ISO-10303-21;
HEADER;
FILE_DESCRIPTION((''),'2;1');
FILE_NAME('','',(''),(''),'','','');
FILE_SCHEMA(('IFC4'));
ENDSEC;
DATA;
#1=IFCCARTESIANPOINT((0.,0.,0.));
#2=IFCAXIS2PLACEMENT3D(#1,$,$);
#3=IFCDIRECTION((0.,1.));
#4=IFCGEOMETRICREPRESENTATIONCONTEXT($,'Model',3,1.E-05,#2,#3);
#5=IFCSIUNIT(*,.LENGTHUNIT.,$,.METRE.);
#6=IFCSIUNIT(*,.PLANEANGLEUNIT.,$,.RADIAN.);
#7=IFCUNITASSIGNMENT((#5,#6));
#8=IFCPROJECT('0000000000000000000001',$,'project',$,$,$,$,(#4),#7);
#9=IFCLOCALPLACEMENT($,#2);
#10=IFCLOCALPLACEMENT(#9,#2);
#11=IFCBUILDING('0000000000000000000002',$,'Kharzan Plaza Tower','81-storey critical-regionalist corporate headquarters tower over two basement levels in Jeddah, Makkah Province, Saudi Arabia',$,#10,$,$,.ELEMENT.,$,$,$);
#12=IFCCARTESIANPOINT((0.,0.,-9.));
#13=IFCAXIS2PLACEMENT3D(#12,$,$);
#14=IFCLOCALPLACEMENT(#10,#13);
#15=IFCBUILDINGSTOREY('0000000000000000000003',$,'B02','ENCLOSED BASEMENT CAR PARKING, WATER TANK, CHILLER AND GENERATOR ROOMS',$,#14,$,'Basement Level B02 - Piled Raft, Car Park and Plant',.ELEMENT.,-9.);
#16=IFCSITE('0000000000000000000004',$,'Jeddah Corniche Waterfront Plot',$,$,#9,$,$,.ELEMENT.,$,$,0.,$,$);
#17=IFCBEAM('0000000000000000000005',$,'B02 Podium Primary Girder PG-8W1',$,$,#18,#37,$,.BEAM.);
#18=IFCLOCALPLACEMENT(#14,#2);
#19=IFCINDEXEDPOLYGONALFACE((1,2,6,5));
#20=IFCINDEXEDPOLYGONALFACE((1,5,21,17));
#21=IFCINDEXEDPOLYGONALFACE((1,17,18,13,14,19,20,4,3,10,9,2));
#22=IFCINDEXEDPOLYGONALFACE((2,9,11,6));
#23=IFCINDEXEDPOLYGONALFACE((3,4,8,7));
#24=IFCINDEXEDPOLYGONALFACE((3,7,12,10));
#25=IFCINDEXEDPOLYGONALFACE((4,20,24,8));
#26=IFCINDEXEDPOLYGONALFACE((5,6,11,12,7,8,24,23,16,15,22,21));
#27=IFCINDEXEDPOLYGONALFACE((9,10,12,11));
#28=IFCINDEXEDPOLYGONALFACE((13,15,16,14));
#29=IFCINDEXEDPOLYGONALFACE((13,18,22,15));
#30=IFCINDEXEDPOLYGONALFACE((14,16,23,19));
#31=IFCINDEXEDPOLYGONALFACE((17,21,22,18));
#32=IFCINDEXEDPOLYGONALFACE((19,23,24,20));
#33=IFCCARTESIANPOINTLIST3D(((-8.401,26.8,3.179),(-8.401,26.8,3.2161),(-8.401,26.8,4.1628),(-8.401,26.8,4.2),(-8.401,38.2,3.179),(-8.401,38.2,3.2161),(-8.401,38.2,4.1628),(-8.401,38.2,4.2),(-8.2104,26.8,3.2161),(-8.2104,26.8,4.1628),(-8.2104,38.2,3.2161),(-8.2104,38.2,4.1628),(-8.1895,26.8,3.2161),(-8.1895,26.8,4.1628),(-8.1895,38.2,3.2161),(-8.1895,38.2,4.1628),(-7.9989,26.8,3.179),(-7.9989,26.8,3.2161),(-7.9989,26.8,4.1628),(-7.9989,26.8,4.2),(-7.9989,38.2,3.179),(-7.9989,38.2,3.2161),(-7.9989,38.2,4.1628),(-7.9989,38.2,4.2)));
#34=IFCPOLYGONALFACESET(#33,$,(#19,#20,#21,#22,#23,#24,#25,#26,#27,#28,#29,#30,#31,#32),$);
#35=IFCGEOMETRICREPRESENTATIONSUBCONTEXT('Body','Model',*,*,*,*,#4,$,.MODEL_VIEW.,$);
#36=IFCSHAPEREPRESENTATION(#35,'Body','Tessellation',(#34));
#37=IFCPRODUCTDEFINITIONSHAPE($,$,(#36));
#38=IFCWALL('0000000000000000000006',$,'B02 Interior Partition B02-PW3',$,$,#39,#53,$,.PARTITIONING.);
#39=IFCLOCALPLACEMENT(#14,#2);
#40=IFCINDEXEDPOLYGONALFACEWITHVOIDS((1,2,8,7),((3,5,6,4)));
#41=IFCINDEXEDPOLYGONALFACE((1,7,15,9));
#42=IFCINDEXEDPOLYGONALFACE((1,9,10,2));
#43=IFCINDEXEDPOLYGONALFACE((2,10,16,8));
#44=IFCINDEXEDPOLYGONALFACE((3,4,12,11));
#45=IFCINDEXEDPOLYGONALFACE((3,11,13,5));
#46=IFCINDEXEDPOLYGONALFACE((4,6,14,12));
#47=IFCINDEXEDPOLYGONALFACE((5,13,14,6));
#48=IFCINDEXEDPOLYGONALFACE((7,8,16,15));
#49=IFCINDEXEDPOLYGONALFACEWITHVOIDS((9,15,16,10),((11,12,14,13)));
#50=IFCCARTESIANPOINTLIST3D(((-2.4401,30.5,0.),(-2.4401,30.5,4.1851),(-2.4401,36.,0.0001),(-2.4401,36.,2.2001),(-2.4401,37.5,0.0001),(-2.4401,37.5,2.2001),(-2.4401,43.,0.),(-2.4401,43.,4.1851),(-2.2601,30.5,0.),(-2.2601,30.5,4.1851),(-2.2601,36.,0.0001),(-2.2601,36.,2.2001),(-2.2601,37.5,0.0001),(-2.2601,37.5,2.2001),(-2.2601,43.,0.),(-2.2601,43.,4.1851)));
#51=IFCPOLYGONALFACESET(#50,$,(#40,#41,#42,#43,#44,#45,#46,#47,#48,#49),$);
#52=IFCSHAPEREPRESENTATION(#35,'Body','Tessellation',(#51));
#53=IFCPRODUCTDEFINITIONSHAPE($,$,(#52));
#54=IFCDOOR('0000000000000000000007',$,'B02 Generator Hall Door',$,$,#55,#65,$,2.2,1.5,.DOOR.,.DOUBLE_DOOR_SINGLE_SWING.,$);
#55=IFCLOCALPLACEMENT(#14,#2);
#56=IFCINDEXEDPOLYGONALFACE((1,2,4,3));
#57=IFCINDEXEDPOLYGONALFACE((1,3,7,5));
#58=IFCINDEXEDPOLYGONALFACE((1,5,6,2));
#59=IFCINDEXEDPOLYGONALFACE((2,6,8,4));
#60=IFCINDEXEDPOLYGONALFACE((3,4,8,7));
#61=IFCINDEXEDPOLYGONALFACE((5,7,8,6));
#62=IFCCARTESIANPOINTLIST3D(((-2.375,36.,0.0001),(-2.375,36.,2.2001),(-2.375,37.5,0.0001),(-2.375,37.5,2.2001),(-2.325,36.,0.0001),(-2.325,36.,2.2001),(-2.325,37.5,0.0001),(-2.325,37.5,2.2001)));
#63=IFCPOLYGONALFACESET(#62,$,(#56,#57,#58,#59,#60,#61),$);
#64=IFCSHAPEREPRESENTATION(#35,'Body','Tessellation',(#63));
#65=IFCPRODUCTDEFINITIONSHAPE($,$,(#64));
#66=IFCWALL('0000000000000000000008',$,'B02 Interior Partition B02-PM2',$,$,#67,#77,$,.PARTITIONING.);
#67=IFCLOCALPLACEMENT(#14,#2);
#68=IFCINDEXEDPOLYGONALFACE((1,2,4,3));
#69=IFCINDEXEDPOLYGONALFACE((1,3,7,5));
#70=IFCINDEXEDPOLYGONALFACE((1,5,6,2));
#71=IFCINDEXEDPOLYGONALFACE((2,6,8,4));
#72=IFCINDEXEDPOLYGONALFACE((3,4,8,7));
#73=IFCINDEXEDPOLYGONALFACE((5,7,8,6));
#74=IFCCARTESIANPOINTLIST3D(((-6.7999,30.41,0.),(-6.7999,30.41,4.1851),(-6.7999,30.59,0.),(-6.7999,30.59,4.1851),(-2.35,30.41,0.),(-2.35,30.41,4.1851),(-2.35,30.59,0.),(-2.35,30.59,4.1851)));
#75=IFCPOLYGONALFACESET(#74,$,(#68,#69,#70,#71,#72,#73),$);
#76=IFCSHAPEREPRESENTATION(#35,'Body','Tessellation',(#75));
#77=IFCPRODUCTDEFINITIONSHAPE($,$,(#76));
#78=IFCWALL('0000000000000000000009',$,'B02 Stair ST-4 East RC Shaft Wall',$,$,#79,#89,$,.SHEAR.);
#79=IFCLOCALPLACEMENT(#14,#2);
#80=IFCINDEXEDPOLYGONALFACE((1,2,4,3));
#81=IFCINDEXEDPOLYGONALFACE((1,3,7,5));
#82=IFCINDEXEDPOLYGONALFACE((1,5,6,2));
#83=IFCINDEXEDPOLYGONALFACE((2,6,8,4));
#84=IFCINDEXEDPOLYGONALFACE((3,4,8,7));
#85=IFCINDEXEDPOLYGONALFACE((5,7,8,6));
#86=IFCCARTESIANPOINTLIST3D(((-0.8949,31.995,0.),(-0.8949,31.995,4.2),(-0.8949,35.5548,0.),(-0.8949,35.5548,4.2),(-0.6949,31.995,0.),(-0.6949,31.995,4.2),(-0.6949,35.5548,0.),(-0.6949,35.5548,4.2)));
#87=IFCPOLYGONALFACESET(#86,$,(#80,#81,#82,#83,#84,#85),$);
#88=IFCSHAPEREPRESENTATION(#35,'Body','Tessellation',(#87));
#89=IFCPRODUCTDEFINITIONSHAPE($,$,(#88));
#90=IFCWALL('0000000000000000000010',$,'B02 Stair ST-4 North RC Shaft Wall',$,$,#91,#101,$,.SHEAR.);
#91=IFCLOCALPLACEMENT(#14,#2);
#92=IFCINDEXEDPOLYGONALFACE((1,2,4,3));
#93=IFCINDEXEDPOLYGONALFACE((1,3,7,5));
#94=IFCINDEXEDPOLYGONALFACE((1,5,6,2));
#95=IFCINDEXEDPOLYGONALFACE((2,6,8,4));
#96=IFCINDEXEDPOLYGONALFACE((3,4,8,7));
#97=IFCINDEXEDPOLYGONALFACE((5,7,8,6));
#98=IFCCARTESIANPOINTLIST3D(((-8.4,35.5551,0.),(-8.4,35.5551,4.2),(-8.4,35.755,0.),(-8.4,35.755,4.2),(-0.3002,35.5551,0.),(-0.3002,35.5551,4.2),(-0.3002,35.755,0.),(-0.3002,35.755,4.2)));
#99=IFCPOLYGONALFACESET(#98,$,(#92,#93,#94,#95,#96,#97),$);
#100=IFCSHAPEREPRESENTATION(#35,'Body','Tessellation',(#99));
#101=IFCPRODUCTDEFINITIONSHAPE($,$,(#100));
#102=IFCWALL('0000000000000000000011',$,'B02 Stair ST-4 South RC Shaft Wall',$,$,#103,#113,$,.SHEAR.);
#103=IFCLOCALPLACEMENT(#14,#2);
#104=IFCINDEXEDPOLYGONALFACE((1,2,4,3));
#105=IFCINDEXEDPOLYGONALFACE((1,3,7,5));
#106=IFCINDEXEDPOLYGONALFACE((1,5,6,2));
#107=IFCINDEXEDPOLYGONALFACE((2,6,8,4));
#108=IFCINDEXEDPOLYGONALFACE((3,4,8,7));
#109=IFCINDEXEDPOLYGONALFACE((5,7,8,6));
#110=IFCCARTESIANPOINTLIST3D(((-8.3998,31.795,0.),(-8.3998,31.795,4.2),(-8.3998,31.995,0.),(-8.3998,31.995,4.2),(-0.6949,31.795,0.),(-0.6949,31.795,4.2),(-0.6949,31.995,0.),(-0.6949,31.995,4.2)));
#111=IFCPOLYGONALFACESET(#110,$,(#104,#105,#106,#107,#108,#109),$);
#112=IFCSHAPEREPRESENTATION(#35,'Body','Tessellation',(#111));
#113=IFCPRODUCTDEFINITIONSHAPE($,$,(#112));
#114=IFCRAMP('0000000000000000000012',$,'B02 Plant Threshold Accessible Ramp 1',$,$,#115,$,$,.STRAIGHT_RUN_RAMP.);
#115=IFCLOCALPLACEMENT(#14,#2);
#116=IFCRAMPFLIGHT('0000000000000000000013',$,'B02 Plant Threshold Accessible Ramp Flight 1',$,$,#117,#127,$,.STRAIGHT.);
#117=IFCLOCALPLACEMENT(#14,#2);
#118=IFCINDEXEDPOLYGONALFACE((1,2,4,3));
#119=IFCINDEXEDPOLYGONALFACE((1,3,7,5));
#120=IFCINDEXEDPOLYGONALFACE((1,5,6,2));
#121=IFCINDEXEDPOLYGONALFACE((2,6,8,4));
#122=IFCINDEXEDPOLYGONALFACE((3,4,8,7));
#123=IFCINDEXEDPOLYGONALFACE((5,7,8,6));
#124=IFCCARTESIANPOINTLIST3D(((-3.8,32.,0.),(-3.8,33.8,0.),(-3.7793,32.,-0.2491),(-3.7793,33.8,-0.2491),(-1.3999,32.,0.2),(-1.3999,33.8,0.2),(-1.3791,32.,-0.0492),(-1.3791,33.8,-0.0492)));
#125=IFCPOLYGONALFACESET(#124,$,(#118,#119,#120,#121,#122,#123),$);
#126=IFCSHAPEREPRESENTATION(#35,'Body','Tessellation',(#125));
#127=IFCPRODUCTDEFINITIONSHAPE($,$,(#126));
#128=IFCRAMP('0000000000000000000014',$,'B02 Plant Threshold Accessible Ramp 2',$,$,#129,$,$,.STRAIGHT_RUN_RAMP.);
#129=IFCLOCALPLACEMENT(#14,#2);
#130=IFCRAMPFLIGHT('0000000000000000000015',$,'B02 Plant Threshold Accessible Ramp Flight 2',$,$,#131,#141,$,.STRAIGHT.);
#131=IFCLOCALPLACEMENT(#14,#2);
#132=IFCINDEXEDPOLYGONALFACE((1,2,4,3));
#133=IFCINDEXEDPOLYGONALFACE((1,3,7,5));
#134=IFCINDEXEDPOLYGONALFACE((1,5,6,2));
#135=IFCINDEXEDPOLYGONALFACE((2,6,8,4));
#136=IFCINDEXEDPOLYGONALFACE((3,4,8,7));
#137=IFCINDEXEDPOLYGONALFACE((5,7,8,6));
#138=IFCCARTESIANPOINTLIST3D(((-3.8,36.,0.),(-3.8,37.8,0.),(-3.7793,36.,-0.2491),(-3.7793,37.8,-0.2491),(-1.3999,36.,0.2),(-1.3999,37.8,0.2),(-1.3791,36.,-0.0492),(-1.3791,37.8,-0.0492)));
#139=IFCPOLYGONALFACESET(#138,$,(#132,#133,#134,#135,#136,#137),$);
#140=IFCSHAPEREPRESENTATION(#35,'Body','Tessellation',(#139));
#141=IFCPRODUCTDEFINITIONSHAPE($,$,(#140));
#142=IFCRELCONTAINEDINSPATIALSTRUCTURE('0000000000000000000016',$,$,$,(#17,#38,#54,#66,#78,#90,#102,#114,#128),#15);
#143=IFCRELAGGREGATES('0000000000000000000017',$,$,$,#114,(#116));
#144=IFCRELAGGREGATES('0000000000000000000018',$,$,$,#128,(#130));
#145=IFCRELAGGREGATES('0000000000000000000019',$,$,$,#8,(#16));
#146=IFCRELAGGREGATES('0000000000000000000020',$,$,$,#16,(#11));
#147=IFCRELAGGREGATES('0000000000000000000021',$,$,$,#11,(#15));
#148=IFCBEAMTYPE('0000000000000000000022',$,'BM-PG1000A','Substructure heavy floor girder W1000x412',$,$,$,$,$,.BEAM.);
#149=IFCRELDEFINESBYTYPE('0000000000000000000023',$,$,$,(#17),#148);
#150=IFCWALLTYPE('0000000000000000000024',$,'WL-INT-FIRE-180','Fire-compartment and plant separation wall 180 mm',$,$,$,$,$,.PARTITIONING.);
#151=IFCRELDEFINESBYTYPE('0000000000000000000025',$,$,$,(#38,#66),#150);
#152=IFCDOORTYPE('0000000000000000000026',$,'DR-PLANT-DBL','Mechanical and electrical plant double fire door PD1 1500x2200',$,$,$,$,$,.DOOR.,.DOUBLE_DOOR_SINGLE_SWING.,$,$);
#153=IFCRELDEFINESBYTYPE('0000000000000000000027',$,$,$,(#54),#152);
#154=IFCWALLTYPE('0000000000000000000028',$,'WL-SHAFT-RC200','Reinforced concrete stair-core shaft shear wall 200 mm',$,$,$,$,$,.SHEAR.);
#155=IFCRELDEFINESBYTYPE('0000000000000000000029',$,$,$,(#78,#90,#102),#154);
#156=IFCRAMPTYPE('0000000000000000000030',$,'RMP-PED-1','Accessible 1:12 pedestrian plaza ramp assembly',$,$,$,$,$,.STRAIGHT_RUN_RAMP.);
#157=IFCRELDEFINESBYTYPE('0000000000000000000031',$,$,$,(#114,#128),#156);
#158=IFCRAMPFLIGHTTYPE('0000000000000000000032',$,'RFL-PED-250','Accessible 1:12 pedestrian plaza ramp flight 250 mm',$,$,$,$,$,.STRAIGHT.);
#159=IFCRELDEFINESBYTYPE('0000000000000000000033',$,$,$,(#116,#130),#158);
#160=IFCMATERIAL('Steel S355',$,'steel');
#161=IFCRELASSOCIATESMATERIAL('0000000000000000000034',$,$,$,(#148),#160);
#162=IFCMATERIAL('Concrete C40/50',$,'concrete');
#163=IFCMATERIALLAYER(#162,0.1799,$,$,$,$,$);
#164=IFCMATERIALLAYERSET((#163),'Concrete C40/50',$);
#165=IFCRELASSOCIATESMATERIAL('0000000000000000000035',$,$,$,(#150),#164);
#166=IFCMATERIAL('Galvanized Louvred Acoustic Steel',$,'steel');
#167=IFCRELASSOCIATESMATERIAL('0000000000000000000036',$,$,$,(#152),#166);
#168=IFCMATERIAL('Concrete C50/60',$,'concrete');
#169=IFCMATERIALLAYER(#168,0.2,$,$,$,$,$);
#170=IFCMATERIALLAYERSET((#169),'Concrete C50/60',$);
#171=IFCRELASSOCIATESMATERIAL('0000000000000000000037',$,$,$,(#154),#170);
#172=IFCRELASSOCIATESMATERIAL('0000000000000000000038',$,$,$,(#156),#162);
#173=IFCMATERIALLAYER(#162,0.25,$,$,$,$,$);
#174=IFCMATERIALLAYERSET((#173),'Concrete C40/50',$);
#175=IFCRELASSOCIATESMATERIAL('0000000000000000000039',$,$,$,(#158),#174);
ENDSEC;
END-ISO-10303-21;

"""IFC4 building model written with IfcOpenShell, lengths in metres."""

from ifc_helpers import new_model, si_unit, direction, frame, frame_2d, origin, origin_2d, place, context, subcontext, project, spatial, polyline, rectangle, i_section, outline, extrude, source, transform, mapped, material, layer, layer_set, material_profile, profile_set, type_object, element, fill, aggregate, save


model = new_model("IFC4")

# Units and contexts
model_context = context("Model", 3, precision=1e-05, world=origin(), true_north=direction((0.0, 1.0)))
body_context = subcontext(model_context, "Body", "Model", "MODEL_VIEW")
ifc_project = project(units=[si_unit("LENGTHUNIT", "METRE"), si_unit("PLANEANGLEUNIT", "RADIAN")], contexts=[model_context])

# Site, building, storey
site_placement = place(None, origin())
site = spatial("IfcSite", under=ifc_project, at=site_placement, Name="Jeddah Corniche Waterfront Plot", CompositionType="ELEMENT", RefElevation=0.0)
building_placement = place(site_placement, origin())
building = spatial("IfcBuilding", under=site, at=building_placement, Name="Kharzan Plaza Tower", Description="81-storey critical-regionalist corporate headquarters tower over two basement levels in Jeddah, Makkah Province, Saudi Arabia", CompositionType="ELEMENT")
storey_placement = place(building_placement, frame((0.0, 0.0, -9.0)))
storey = spatial("IfcBuildingStorey", under=building, at=storey_placement, Name="B02", Description="ENCLOSED BASEMENT CAR PARKING, WATER TANK, CHILLER AND GENERATOR ROOMS", LongName="Basement Level B02 - Piled Raft, Car Park and Plant", CompositionType="ELEMENT", Elevation=-9.0)

# Shared definitions
ifc_material_1 = material(Name="Concrete C50/60", Category="concrete")

# Beam
ifc_material_2 = material(Name="Steel S355", Category="steel")
ifc_material_profile_1 = material_profile(ifc_material_2, i_section(OverallWidth=0.4021, OverallDepth=1.021, WebThickness=0.021, FlangeThickness=0.0371, at=origin_2d()), Name="W1000x412")
ifc_profile_set_1 = profile_set([ifc_material_profile_1], Name="Steel S355")
beam_type = type_object("IfcBeamType", Name="BM-PG1000A", Description="Substructure heavy floor girder W1000x412", PredefinedType="BEAM", material=ifc_profile_set_1)
shared_shape_1 = source(origin(), body_context, "Body", "SweptSolid", [
    extrude(i_section(OverallWidth=0.4021, OverallDepth=1.021, WebThickness=0.021, FlangeThickness=0.0371, at=origin_2d()), origin(), (0.0, 0.0, 1.0), 11.3999),
])
beam_1_placement = place(storey_placement, frame((-8.2, 26.8, 3.6895), z_axis=(0.0, 1.0, 0.0), x_axis=(-1.0, 0.0, 0.0)))
element("IfcBeam", 1, at=beam_1_placement, inside=storey, type_object=beam_type, Name="B02 Podium Primary Girder PG-8W1", PredefinedType="BEAM", context=body_context, shape_type="MappedRepresentation", body=[
    mapped(shared_shape_1, transform((0.0, 0.0, 0.0), x_axis=(1.0, 0.0, 0.0), y_axis=(0.0, 1.0, 0.0), z_axis=(0.0, 0.0, 1.0))),
])

# Wall, opening, door
ifc_material_3 = material(Name="Concrete C40/50", Category="concrete")
ifc_layer_1 = layer(ifc_material_3, 0.1799)
ifc_layer_set_1 = layer_set([ifc_layer_1], Name="Concrete C40/50")
wall_type_1 = type_object("IfcWallType", Name="WL-INT-FIRE-180", Description="Fire-compartment and plant separation wall 180 mm", PredefinedType="PARTITIONING", material=ifc_layer_set_1)
wall_1_placement = place(storey_placement, frame((-2.3501, 30.5, 0.0), z_axis=(0.0, 0.0, 1.0), x_axis=(0.0, 1.0, 0.0)))
wall_1 = element("IfcWall", 2, at=wall_1_placement, inside=storey, type_object=wall_type_1, Name="B02 Interior Partition B02-PW3", PredefinedType="PARTITIONING", context=body_context, shape_type="SweptSolid", body=[
    extrude(rectangle(XDim=12.5, YDim=0.1799, at=frame_2d((6.25, 0.0))), origin(), (0.0, 0.0, 1.0), 4.1851),
])
opening_placement = place(wall_1_placement, frame((5.5, 0.0, 0.0)))
opening = element("IfcOpeningElement", 3, at=opening_placement, cuts=wall_1, PredefinedType="OPENING", context=body_context, shape_type="SweptSolid", body=[
    extrude(rectangle(XDim=1.5, YDim=2.2, at=frame_2d((0.75, 1.1001))), frame((0.0, 0.0999, 0.0), z_axis=(0.0, -1.0, 0.0), x_axis=(1.0, 0.0, 0.0)), (0.0, 0.0, 1.0), 0.2),
])
ifc_material_4 = material(Name="Galvanized Louvred Acoustic Steel", Category="steel")
door_type = type_object("IfcDoorType", Name="DR-PLANT-DBL", Description="Mechanical and electrical plant double fire door PD1 1500x2200", OperationType="DOUBLE_DOOR_SINGLE_SWING", PredefinedType="DOOR", material=ifc_material_4)
shared_shape_2 = source(origin(), body_context, "Body", "SweptSolid", [
    extrude(rectangle(XDim=1.5, YDim=2.2, at=frame_2d((0.75, 1.1001))), frame((0.0, 0.0249, 0.0), z_axis=(0.0, -1.0, 0.0), x_axis=(1.0, 0.0, 0.0)), (0.0, 0.0, 1.0), 0.05),
])
door_placement = place(opening_placement, origin())
door = element("IfcDoor", 4, at=door_placement, inside=storey, type_object=door_type, Name="B02 Generator Hall Door", OperationType="DOUBLE_DOOR_SINGLE_SWING", OverallHeight=2.2, OverallWidth=1.5, PredefinedType="DOOR", context=body_context, shape_type="MappedRepresentation", body=[
    mapped(shared_shape_2, transform((0.0, 0.0, 0.0), x_axis=(1.0, 0.0, 0.0), y_axis=(0.0, 1.0, 0.0), z_axis=(0.0, 0.0, 1.0))),
])
fill(opening, door)

# Walls
shared_shape_3 = source(origin(), body_context, "Body", "SweptSolid", [
    extrude(rectangle(XDim=4.45, YDim=0.1799, at=frame_2d((2.2251, 0.0))), origin(), (0.0, 0.0, 1.0), 4.1851),
])
wall_2_placement = place(storey_placement, frame((-6.8, 30.5, 0.0), z_axis=(0.0, 0.0, 1.0), x_axis=(1.0, 0.0, 0.0)))
element("IfcWall", 5, at=wall_2_placement, inside=storey, type_object=wall_type_1, Name="B02 Interior Partition B02-PM2", PredefinedType="PARTITIONING", context=body_context, shape_type="MappedRepresentation", body=[
    mapped(shared_shape_3, transform((0.0, 0.0, 0.0), x_axis=(1.0, 0.0, 0.0), y_axis=(0.0, 1.0, 0.0), z_axis=(0.0, 0.0, 1.0))),
])
ifc_layer_2 = layer(ifc_material_1, 0.2)
ifc_layer_set_2 = layer_set([ifc_layer_2], Name="Concrete C50/60")
wall_type_2 = type_object("IfcWallType", Name="WL-SHAFT-RC200", Description="Reinforced concrete stair-core shaft shear wall 200 mm", PredefinedType="SHEAR", material=ifc_layer_set_2)
shared_shape_4 = source(origin(), body_context, "Body", "SweptSolid", [
    extrude(rectangle(XDim=3.5598, YDim=0.2, at=frame_2d((1.7798, 0.0))), origin(), (0.0, 0.0, 1.0), 4.2),
])
wall_3_placement = place(storey_placement, frame((-0.7949, 31.9951, 0.0), z_axis=(0.0, 0.0, 1.0), x_axis=(0.0, 1.0, 0.0)))
element("IfcWall", 6, at=wall_3_placement, inside=storey, type_object=wall_type_2, Name="B02 Stair ST-4 East RC Shaft Wall", PredefinedType="SHEAR", context=body_context, shape_type="MappedRepresentation", body=[
    mapped(shared_shape_4, transform((0.0, 0.0, 0.0), x_axis=(1.0, 0.0, 0.0), y_axis=(0.0, 1.0, 0.0), z_axis=(0.0, 0.0, 1.0))),
])
shared_shape_5 = source(origin(), body_context, "Body", "SweptSolid", [
    extrude(rectangle(XDim=8.0999, YDim=0.2, at=frame_2d((4.0498, 0.0))), origin(), (0.0, 0.0, 1.0), 4.2),
])
wall_4_placement = place(storey_placement, frame((-8.3999, 35.655, 0.0), z_axis=(0.0, 0.0, 1.0), x_axis=(1.0, 0.0, 0.0)))
element("IfcWall", 7, at=wall_4_placement, inside=storey, type_object=wall_type_2, Name="B02 Stair ST-4 North RC Shaft Wall", PredefinedType="SHEAR", context=body_context, shape_type="MappedRepresentation", body=[
    mapped(shared_shape_5, transform((0.0, 0.0, 0.0), x_axis=(1.0, 0.0, 0.0), y_axis=(0.0, 1.0, 0.0), z_axis=(0.0, 0.0, 1.0))),
])
shared_shape_6 = source(origin(), body_context, "Body", "SweptSolid", [
    extrude(rectangle(XDim=7.7048, YDim=0.2, at=frame_2d((3.8525, 0.0))), origin(), (0.0, 0.0, 1.0), 4.2),
])
wall_5_placement = place(storey_placement, frame((-8.3999, 31.895, 0.0), z_axis=(0.0, 0.0, 1.0), x_axis=(1.0, 0.0, 0.0)))
element("IfcWall", 8, at=wall_5_placement, inside=storey, type_object=wall_type_2, Name="B02 Stair ST-4 South RC Shaft Wall", PredefinedType="SHEAR", context=body_context, shape_type="MappedRepresentation", body=[
    mapped(shared_shape_6, transform((0.0, 0.0, 0.0), x_axis=(1.0, 0.0, 0.0), y_axis=(0.0, 1.0, 0.0), z_axis=(0.0, 0.0, 1.0))),
])

# Ramps, ramp flights
ramp_type = type_object("IfcRampType", Name="RMP-PED-1", Description="Accessible 1:12 pedestrian plaza ramp assembly", PredefinedType="STRAIGHT_RUN_RAMP", material=ifc_material_3)
ramp_1_placement = place(storey_placement, origin())
ramp_1 = element("IfcRamp", 9, at=ramp_1_placement, inside=storey, type_object=ramp_type, Name="B02 Plant Threshold Accessible Ramp 1", PredefinedType="STRAIGHT_RUN_RAMP")
ifc_layer_3 = layer(ifc_material_3, 0.25)
ifc_layer_set_3 = layer_set([ifc_layer_3], Name="Concrete C40/50")
ramp_flight_type = type_object("IfcRampFlightType", Name="RFL-PED-250", Description="Accessible 1:12 pedestrian plaza ramp flight 250 mm", PredefinedType="STRAIGHT", material=ifc_layer_set_3)
ramp_flight_1_placement = place(storey_placement, frame((-3.8, 32.0, 0.0), z_axis=(-0.08302, 0.0, 0.996548), x_axis=(0.996548, 0.0, 0.08302)))
ramp_flight_1 = element("IfcRampFlight", 10, at=ramp_flight_1_placement, type_object=ramp_flight_type, Name="B02 Plant Threshold Accessible Ramp Flight 1", PredefinedType="STRAIGHT", context=body_context, shape_type="SweptSolid", body=[
    extrude(outline(polyline([(0.0, 0.0), (2.4085, 0.0), (2.4085, 1.8), (0.0, 1.8), (0.0, 0.0)])), origin(), (0.0, 0.0, -1.0), 0.25),
])
aggregate(ramp_1, [ramp_flight_1])
ramp_2_placement = place(storey_placement, origin())
ramp_2 = element("IfcRamp", 11, at=ramp_2_placement, inside=storey, type_object=ramp_type, Name="B02 Plant Threshold Accessible Ramp 2", PredefinedType="STRAIGHT_RUN_RAMP")
ramp_flight_2_placement = place(storey_placement, frame((-3.8, 36.0, 0.0), z_axis=(-0.08302, 0.0, 0.996548), x_axis=(0.996548, 0.0, 0.08302)))
ramp_flight_2 = element("IfcRampFlight", 12, at=ramp_flight_2_placement, type_object=ramp_flight_type, Name="B02 Plant Threshold Accessible Ramp Flight 2", PredefinedType="STRAIGHT", context=body_context, shape_type="SweptSolid", body=[
    extrude(outline(polyline([(0.0, 0.0), (2.4085, 0.0), (2.4085, 1.8), (0.0, 1.8), (0.0, 0.0)])), origin(), (0.0, 0.0, -1.0), 0.25),
])
aggregate(ramp_2, [ramp_flight_2])

save(model, "model.ifc")
